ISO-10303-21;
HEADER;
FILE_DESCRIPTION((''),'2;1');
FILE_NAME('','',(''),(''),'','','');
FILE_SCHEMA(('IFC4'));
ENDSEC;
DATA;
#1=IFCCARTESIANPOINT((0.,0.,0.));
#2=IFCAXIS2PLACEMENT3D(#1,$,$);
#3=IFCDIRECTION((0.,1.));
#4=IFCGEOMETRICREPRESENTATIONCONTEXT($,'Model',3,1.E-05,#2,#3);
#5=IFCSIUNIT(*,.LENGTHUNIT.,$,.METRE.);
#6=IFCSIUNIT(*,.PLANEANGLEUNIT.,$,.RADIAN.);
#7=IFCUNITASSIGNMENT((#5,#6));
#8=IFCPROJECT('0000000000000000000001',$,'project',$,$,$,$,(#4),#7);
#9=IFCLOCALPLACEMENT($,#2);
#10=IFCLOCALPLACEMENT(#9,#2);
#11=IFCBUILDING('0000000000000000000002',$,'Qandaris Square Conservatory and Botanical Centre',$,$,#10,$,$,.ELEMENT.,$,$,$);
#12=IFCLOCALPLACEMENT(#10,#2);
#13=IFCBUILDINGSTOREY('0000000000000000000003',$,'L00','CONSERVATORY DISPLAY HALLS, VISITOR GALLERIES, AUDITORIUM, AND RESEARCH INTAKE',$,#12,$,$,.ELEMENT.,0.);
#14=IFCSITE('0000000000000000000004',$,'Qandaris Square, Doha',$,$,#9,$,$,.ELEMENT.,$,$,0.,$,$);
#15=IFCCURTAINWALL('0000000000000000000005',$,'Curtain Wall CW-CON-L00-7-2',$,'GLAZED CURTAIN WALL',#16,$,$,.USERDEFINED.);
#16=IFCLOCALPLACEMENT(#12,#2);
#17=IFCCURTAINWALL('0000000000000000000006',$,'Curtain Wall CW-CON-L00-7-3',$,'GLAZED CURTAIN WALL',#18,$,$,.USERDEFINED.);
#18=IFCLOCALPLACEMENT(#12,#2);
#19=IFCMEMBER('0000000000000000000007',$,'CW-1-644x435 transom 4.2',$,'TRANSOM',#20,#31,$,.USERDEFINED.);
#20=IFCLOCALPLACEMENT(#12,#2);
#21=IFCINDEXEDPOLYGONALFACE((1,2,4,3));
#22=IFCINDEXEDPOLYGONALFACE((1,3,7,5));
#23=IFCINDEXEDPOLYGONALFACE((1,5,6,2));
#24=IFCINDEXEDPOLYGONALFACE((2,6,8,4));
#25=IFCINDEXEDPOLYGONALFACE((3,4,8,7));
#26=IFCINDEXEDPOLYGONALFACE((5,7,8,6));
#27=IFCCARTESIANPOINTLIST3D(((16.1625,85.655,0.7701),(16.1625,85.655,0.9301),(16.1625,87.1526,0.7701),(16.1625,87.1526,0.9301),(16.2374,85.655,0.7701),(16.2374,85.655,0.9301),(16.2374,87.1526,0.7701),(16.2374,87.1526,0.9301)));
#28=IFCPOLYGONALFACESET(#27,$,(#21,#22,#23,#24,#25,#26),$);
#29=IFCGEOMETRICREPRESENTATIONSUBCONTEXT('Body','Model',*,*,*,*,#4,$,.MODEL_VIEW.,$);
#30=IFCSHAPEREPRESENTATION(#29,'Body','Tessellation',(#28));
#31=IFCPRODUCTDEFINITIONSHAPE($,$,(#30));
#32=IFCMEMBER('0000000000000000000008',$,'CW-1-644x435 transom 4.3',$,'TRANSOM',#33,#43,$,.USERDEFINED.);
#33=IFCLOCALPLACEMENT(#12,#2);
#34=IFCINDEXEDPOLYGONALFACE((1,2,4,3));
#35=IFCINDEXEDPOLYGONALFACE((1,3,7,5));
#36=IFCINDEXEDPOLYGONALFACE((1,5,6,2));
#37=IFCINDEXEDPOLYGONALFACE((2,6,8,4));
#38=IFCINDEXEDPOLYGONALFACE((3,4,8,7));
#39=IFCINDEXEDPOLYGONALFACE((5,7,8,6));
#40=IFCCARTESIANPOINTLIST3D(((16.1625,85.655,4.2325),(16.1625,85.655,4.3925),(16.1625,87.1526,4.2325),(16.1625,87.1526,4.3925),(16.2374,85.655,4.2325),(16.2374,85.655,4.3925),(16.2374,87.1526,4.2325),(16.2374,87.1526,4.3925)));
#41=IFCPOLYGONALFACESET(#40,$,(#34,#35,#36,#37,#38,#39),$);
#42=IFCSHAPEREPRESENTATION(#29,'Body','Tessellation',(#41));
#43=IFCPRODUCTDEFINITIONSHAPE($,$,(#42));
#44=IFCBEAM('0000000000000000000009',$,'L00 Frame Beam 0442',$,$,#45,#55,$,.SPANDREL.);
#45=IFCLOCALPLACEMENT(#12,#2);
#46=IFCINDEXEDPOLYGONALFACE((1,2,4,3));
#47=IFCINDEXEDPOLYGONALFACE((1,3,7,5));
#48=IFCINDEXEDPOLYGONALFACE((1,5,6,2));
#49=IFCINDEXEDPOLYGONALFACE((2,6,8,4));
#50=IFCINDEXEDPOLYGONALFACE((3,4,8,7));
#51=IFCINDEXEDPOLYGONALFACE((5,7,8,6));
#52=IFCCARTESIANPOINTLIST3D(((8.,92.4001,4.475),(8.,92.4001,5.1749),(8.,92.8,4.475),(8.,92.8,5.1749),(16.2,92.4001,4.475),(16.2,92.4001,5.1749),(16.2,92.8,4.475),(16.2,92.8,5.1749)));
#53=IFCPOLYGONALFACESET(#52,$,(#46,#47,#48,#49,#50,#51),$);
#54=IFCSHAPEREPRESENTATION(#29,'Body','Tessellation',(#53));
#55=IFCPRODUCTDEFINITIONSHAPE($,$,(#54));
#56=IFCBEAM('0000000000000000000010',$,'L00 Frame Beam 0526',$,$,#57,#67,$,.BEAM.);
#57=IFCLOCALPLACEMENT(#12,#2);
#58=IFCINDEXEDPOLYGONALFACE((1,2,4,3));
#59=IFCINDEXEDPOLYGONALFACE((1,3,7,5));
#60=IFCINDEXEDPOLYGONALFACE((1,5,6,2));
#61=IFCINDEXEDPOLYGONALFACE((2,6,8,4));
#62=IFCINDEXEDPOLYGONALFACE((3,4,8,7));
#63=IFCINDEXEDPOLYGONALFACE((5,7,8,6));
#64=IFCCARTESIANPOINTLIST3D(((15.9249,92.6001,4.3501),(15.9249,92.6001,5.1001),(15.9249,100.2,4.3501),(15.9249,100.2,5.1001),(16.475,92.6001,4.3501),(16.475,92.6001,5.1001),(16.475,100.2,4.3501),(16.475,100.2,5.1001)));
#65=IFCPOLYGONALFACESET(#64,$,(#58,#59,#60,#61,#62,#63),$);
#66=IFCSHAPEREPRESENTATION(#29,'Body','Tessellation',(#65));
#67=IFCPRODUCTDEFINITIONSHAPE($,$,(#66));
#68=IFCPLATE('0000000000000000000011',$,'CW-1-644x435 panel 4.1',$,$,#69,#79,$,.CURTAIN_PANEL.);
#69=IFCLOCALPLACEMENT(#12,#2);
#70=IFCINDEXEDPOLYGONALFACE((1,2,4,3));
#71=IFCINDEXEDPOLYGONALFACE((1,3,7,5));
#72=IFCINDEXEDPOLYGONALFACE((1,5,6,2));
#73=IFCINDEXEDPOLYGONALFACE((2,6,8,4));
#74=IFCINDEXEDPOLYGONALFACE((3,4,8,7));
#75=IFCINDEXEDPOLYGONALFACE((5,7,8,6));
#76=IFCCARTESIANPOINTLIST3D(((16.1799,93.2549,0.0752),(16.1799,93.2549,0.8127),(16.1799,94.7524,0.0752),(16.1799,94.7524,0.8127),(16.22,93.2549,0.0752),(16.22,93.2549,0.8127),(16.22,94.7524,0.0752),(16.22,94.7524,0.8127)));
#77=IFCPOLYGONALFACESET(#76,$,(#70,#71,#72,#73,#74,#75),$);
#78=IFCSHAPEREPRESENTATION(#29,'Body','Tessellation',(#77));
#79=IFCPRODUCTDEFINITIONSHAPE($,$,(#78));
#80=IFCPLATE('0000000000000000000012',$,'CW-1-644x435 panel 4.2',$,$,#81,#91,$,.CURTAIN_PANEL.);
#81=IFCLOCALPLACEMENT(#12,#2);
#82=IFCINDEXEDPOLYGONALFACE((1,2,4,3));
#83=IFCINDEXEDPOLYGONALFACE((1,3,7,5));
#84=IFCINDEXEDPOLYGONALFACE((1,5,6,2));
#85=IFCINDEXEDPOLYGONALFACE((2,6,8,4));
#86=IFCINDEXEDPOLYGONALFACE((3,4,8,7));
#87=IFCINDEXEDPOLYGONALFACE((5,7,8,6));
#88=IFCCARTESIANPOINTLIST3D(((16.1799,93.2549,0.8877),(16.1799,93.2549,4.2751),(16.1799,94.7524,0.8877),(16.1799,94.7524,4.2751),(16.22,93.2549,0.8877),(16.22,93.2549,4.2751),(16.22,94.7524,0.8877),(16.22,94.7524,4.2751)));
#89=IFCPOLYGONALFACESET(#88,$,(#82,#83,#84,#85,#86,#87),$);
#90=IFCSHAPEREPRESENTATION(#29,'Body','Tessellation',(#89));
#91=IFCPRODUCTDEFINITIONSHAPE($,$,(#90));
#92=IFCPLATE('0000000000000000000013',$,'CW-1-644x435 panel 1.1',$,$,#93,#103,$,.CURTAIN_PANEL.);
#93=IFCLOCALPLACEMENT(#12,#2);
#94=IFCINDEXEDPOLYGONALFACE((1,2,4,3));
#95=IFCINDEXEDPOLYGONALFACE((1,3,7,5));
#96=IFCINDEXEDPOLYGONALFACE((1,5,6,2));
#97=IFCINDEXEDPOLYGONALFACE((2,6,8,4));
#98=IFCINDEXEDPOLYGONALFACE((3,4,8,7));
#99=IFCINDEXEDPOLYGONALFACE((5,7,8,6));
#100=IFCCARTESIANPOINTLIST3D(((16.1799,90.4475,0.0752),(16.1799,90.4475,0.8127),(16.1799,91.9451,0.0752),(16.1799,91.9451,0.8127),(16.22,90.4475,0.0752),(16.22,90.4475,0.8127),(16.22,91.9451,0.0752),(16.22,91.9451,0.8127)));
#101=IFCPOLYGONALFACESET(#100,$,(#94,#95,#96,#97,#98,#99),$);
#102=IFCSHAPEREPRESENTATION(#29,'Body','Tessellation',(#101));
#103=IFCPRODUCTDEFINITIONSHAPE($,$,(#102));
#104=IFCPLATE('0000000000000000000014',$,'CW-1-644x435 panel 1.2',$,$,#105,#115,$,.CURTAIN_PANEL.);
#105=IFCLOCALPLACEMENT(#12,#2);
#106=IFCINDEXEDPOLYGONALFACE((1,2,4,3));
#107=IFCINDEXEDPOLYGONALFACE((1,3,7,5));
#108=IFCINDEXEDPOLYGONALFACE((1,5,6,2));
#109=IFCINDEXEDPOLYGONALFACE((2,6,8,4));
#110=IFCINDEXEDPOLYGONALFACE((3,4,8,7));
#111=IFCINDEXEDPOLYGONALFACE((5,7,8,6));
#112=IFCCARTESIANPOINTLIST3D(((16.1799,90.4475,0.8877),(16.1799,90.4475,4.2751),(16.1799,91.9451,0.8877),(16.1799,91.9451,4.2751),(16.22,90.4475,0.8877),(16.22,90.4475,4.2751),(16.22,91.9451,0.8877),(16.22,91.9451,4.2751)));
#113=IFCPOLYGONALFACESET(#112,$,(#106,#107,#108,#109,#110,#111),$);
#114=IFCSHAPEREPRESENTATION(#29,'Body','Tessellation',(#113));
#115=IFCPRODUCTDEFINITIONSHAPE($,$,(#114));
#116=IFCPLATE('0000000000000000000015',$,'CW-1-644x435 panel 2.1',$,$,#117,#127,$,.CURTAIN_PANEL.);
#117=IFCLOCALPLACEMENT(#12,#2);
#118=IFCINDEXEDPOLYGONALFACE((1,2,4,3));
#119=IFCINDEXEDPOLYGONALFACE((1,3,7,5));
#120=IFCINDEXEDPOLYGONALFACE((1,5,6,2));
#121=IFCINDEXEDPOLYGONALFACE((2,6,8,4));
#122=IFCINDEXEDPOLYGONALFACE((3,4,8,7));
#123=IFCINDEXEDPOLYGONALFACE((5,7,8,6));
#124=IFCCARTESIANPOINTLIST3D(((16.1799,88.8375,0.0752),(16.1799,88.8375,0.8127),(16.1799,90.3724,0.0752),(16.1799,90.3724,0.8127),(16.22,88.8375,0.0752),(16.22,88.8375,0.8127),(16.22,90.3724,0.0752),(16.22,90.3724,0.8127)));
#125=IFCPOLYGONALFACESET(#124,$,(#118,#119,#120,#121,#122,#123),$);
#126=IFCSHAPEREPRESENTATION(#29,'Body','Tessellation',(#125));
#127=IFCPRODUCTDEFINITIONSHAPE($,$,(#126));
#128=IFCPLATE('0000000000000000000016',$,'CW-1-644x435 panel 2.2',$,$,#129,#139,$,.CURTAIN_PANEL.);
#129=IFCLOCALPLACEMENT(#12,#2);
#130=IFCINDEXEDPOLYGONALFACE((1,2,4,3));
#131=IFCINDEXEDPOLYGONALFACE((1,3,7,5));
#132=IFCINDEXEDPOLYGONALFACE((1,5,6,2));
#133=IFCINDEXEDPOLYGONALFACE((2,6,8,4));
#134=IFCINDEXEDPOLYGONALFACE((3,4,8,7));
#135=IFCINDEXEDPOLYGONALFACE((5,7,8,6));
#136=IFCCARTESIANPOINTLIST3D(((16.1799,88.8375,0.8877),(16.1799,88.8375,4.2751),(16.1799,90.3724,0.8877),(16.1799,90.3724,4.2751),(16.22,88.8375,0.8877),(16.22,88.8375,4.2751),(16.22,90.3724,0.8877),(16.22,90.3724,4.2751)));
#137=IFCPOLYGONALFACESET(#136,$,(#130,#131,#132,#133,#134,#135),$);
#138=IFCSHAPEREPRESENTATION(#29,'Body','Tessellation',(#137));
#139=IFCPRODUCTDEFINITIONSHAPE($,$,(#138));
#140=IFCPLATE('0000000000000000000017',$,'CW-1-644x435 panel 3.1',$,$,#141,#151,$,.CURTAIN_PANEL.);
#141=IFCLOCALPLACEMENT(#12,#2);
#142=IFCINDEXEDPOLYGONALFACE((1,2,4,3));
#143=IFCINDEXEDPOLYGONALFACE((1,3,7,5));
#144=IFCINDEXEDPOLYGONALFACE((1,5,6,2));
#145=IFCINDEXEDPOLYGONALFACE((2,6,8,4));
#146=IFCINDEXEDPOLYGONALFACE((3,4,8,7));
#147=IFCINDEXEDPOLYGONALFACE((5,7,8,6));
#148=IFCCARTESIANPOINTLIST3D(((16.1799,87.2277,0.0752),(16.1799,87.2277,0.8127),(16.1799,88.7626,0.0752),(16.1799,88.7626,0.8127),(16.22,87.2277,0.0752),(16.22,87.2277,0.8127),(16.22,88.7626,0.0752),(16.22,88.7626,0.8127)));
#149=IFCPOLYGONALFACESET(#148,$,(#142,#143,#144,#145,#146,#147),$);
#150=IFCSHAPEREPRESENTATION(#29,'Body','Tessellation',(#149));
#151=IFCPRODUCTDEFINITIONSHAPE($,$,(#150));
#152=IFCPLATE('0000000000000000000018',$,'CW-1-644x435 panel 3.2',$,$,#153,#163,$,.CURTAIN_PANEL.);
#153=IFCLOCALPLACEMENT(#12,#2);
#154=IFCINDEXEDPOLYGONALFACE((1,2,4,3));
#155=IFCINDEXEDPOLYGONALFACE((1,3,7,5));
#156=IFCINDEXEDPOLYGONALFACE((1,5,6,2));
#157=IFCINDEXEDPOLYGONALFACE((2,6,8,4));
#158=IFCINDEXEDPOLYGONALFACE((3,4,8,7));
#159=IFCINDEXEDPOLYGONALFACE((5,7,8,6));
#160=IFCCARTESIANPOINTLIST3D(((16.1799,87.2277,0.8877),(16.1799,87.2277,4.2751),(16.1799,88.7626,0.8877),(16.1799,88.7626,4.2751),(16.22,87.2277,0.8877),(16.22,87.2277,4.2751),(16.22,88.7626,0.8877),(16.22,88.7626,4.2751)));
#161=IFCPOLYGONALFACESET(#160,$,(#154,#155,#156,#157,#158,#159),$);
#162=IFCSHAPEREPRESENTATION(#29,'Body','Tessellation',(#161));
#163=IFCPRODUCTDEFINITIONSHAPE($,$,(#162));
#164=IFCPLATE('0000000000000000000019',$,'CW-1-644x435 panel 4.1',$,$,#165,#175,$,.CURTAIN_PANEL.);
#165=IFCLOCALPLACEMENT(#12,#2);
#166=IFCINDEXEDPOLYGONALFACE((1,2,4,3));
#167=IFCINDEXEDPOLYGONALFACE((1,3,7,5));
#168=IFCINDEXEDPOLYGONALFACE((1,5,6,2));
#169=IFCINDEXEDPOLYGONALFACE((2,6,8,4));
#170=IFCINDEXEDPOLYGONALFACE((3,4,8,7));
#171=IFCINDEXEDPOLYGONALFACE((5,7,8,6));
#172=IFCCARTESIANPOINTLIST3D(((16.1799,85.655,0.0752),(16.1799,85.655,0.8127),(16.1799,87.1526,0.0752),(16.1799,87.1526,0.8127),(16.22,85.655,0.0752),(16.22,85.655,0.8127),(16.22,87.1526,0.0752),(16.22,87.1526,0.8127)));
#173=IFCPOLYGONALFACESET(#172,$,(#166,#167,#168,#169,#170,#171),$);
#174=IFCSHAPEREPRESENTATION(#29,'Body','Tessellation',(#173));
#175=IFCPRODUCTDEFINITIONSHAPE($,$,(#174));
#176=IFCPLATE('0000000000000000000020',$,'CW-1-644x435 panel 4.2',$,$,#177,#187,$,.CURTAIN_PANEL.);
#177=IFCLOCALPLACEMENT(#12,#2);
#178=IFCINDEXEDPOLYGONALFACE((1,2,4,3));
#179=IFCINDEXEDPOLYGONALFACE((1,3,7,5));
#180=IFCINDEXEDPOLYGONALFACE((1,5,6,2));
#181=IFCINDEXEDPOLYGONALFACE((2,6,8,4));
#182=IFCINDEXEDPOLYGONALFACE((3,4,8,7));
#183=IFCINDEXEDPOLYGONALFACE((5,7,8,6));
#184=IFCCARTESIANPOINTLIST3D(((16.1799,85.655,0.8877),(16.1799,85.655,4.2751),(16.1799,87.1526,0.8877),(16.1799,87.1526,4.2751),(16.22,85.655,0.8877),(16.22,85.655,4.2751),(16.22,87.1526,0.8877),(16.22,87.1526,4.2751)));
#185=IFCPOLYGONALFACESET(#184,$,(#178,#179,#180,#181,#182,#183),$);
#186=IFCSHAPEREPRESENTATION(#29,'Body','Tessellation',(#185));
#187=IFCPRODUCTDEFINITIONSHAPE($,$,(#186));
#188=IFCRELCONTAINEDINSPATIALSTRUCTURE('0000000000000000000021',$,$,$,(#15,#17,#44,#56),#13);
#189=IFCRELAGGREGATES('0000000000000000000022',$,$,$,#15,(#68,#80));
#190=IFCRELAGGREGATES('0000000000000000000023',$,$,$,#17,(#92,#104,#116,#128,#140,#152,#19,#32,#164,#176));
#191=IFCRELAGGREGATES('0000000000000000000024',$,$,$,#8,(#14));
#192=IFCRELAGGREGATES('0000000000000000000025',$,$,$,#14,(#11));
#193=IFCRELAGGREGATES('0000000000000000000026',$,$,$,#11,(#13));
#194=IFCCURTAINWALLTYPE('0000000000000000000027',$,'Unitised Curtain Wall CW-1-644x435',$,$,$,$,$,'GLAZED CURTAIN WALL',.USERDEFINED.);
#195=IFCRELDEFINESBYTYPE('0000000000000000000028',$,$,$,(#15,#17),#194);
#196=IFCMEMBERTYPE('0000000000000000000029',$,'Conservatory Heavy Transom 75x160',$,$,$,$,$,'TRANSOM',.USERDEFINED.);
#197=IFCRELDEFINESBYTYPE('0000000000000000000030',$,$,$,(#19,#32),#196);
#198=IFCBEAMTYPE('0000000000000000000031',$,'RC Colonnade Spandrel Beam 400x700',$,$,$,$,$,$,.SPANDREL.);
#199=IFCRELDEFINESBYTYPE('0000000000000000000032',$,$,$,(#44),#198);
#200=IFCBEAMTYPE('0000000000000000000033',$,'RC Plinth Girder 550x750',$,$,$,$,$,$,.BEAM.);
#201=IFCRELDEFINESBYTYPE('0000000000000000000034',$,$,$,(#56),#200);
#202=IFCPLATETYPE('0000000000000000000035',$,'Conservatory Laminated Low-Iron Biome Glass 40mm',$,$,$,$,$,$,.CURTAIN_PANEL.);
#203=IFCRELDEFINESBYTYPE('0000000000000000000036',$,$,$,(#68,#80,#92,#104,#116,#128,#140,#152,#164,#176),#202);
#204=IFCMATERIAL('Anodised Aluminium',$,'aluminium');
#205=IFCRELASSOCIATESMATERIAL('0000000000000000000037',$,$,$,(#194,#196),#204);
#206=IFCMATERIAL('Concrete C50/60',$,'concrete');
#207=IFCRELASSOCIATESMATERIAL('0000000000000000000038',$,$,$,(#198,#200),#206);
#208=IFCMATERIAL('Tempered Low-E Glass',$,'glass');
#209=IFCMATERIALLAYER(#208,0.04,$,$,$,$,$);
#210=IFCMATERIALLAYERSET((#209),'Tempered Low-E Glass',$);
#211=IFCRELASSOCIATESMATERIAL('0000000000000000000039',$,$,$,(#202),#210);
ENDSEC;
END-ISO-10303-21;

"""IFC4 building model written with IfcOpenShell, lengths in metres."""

from ifc_helpers import new_model, si_unit, direction, frame, origin, origin_2d, place, context, subcontext, project, spatial, rectangle, extrude, material, layer, layer_set, material_profile, profile_set, type_object, element, aggregate, save


model = new_model("IFC4")

# Units and contexts
model_context = context("Model", 3, precision=1e-05, world=origin(), true_north=direction((0.0, 1.0)))
body_context = subcontext(model_context, "Body", "Model", "MODEL_VIEW")
ifc_project = project(units=[si_unit("LENGTHUNIT", "METRE"), si_unit("PLANEANGLEUNIT", "RADIAN")], contexts=[model_context])

# Site, building, storey
site_placement = place(None, origin())
site = spatial("IfcSite", under=ifc_project, at=site_placement, Name="Qandaris Square, Doha", CompositionType="ELEMENT", RefElevation=0.0)
building_placement = place(site_placement, origin())
building = spatial("IfcBuilding", under=site, at=building_placement, Name="Qandaris Square Conservatory and Botanical Centre", CompositionType="ELEMENT")
storey_placement = place(building_placement, origin())
storey = spatial("IfcBuildingStorey", under=building, at=storey_placement, Name="L00", Description="CONSERVATORY DISPLAY HALLS, VISITOR GALLERIES, AUDITORIUM, AND RESEARCH INTAKE", CompositionType="ELEMENT", Elevation=0.0)

# Shared definitions
ifc_material_1 = material(Name="Concrete C50/60", Category="concrete")

# Curtain wall
ifc_material_2 = material(Name="Anodised Aluminium", Category="aluminium")
curtain_wall_type = type_object("IfcCurtainWallType", Name="Unitised Curtain Wall CW-1-644x435", ElementType="GLAZED CURTAIN WALL", PredefinedType="USERDEFINED", material=ifc_material_2)
curtain_wall_1_placement = place(storey_placement, origin())
curtain_wall_1 = element("IfcCurtainWall", 1, at=curtain_wall_1_placement, inside=storey, type_object=curtain_wall_type, Name="Curtain Wall CW-CON-L00-7-2", ObjectType="GLAZED CURTAIN WALL", PredefinedType="USERDEFINED")

# Curtain wall
curtain_wall_2_placement = place(storey_placement, origin())
curtain_wall_2 = element("IfcCurtainWall", 2, at=curtain_wall_2_placement, inside=storey, type_object=curtain_wall_type, Name="Curtain Wall CW-CON-L00-7-3", ObjectType="GLAZED CURTAIN WALL", PredefinedType="USERDEFINED")

# Members
ifc_material_profile_1 = material_profile(ifc_material_2, rectangle(XDim=0.075, YDim=0.1599, at=origin_2d()), Name="ALU-TRN 75x160")
ifc_profile_set_1 = profile_set([ifc_material_profile_1], Name="Anodised Aluminium")
member_type_1 = type_object("IfcMemberType", Name="Conservatory Heavy Transom 75x160", ElementType="TRANSOM", PredefinedType="USERDEFINED", material=ifc_profile_set_1)
member_1_placement = place(storey_placement, frame((16.2, 87.1526, 0.8501), z_axis=(0.0, -1.0, 0.0), x_axis=(1.0, 0.0, 0.0)))
member_1 = element("IfcMember", 3, at=member_1_placement, type_object=member_type_1, Name="CW-1-644x435 transom 4.2", ObjectType="TRANSOM", PredefinedType="USERDEFINED", context=body_context, shape_type="SweptSolid", body=[
    extrude(rectangle(XDim=0.075, YDim=0.1599, at=origin_2d()), origin(), (0.0, 0.0, 1.0), 1.4976),
])
member_2_placement = place(storey_placement, frame((16.2, 87.1526, 4.3125), z_axis=(0.0, -1.0, 0.0), x_axis=(1.0, 0.0, 0.0)))
member_2 = element("IfcMember", 4, at=member_2_placement, type_object=member_type_1, Name="CW-1-644x435 transom 4.3", ObjectType="TRANSOM", PredefinedType="USERDEFINED", context=body_context, shape_type="SweptSolid", body=[
    extrude(rectangle(XDim=0.075, YDim=0.1599, at=origin_2d()), origin(), (0.0, 0.0, 1.0), 1.4976),
])

# Beams
ifc_material_profile_2 = material_profile(ifc_material_1, rectangle(XDim=0.3999, YDim=0.7, at=origin_2d()), Name="RC-SP 400x700")
ifc_profile_set_2 = profile_set([ifc_material_profile_2], Name="Concrete C50/60")
beam_type_1 = type_object("IfcBeamType", Name="RC Colonnade Spandrel Beam 400x700", PredefinedType="SPANDREL", material=ifc_profile_set_2)
beam_1_placement = place(storey_placement, frame((8.0, 92.6001, 4.825), z_axis=(1.0, 0.0, 0.0), x_axis=(0.0, 1.0, 0.0)))
element("IfcBeam", 5, at=beam_1_placement, inside=storey, type_object=beam_type_1, Name="L00 Frame Beam 0442", PredefinedType="SPANDREL", context=body_context, shape_type="SweptSolid", body=[
    extrude(rectangle(XDim=0.3999, YDim=0.7, at=origin_2d()), origin(), (0.0, 0.0, 1.0), 8.2),
])
ifc_material_profile_3 = material_profile(ifc_material_1, rectangle(XDim=0.55, YDim=0.75, at=origin_2d()), Name="RC-BM 550x750")
ifc_profile_set_3 = profile_set([ifc_material_profile_3], Name="Concrete C50/60")
beam_type_2 = type_object("IfcBeamType", Name="RC Plinth Girder 550x750", PredefinedType="BEAM", material=ifc_profile_set_3)
beam_2_placement = place(storey_placement, frame((16.2, 92.6001, 4.7251), z_axis=(0.0, 1.0, 0.0), x_axis=(-1.0, 0.0, 0.0)))
element("IfcBeam", 6, at=beam_2_placement, inside=storey, type_object=beam_type_2, Name="L00 Frame Beam 0526", PredefinedType="BEAM", context=body_context, shape_type="SweptSolid", body=[
    extrude(rectangle(XDim=0.55, YDim=0.75, at=origin_2d()), origin(), (0.0, 0.0, 1.0), 7.5999),
])

# Plates
ifc_material_3 = material(Name="Tempered Low-E Glass", Category="glass")
ifc_layer = layer(ifc_material_3, 0.04)
ifc_layer_set = layer_set([ifc_layer], Name="Tempered Low-E Glass")
plate_type = type_object("IfcPlateType", Name="Conservatory Laminated Low-Iron Biome Glass 40mm", PredefinedType="CURTAIN_PANEL", material=ifc_layer_set)
plate_1_placement = place(storey_placement, frame((16.2, 94.0037, 0.0752), z_axis=(0.0, 0.0, 1.0), x_axis=(0.0, -1.0, 0.0)))
plate_1 = element("IfcPlate", 7, at=plate_1_placement, type_object=plate_type, Name="CW-1-644x435 panel 4.1", PredefinedType="CURTAIN_PANEL", context=body_context, shape_type="SweptSolid", body=[
    extrude(rectangle(XDim=1.4976, YDim=0.04, at=origin_2d()), origin(), (0.0, 0.0, 1.0), 0.7375),
])
plate_2_placement = place(storey_placement, frame((16.2, 94.0037, 0.8877), z_axis=(0.0, 0.0, 1.0), x_axis=(0.0, -1.0, 0.0)))
plate_2 = element("IfcPlate", 8, at=plate_2_placement, type_object=plate_type, Name="CW-1-644x435 panel 4.2", PredefinedType="CURTAIN_PANEL", context=body_context, shape_type="SweptSolid", body=[
    extrude(rectangle(XDim=1.4976, YDim=0.04, at=origin_2d()), origin(), (0.0, 0.0, 1.0), 3.3875),
])
aggregate(curtain_wall_1, [plate_1, plate_2])
plate_3_placement = place(storey_placement, frame((16.2, 91.1963, 0.0752), z_axis=(0.0, 0.0, 1.0), x_axis=(0.0, -1.0, 0.0)))
plate_3 = element("IfcPlate", 9, at=plate_3_placement, type_object=plate_type, Name="CW-1-644x435 panel 1.1", PredefinedType="CURTAIN_PANEL", context=body_context, shape_type="SweptSolid", body=[
    extrude(rectangle(XDim=1.4976, YDim=0.04, at=origin_2d()), origin(), (0.0, 0.0, 1.0), 0.7375),
])
plate_4_placement = place(storey_placement, frame((16.2, 91.1963, 0.8877), z_axis=(0.0, 0.0, 1.0), x_axis=(0.0, -1.0, 0.0)))
plate_4 = element("IfcPlate", 10, at=plate_4_placement, type_object=plate_type, Name="CW-1-644x435 panel 1.2", PredefinedType="CURTAIN_PANEL", context=body_context, shape_type="SweptSolid", body=[
    extrude(rectangle(XDim=1.4976, YDim=0.04, at=origin_2d()), origin(), (0.0, 0.0, 1.0), 3.3875),
])
plate_5_placement = place(storey_placement, frame((16.2, 89.605, 0.0752), z_axis=(0.0, 0.0, 1.0), x_axis=(0.0, -1.0, 0.0)))
plate_5 = element("IfcPlate", 11, at=plate_5_placement, type_object=plate_type, Name="CW-1-644x435 panel 2.1", PredefinedType="CURTAIN_PANEL", context=body_context, shape_type="SweptSolid", body=[
    extrude(rectangle(XDim=1.5349, YDim=0.04, at=origin_2d()), origin(), (0.0, 0.0, 1.0), 0.7375),
])
plate_6_placement = place(storey_placement, frame((16.2, 89.605, 0.8877), z_axis=(0.0, 0.0, 1.0), x_axis=(0.0, -1.0, 0.0)))
plate_6 = element("IfcPlate", 12, at=plate_6_placement, type_object=plate_type, Name="CW-1-644x435 panel 2.2", PredefinedType="CURTAIN_PANEL", context=body_context, shape_type="SweptSolid", body=[
    extrude(rectangle(XDim=1.5349, YDim=0.04, at=origin_2d()), origin(), (0.0, 0.0, 1.0), 3.3875),
])
plate_7_placement = place(storey_placement, frame((16.2, 87.9951, 0.0752), z_axis=(0.0, 0.0, 1.0), x_axis=(0.0, -1.0, 0.0)))
plate_7 = element("IfcPlate", 13, at=plate_7_placement, type_object=plate_type, Name="CW-1-644x435 panel 3.1", PredefinedType="CURTAIN_PANEL", context=body_context, shape_type="SweptSolid", body=[
    extrude(rectangle(XDim=1.5349, YDim=0.04, at=origin_2d()), origin(), (0.0, 0.0, 1.0), 0.7375),
])
plate_8_placement = place(storey_placement, frame((16.2, 87.9951, 0.8877), z_axis=(0.0, 0.0, 1.0), x_axis=(0.0, -1.0, 0.0)))
plate_8 = element("IfcPlate", 14, at=plate_8_placement, type_object=plate_type, Name="CW-1-644x435 panel 3.2", PredefinedType="CURTAIN_PANEL", context=body_context, shape_type="SweptSolid", body=[
    extrude(rectangle(XDim=1.5349, YDim=0.04, at=origin_2d()), origin(), (0.0, 0.0, 1.0), 3.3875),
])
plate_9_placement = place(storey_placement, frame((16.2, 86.4038, 0.0752), z_axis=(0.0, 0.0, 1.0), x_axis=(0.0, -1.0, 0.0)))
plate_9 = element("IfcPlate", 15, at=plate_9_placement, type_object=plate_type, Name="CW-1-644x435 panel 4.1", PredefinedType="CURTAIN_PANEL", context=body_context, shape_type="SweptSolid", body=[
    extrude(rectangle(XDim=1.4976, YDim=0.04, at=origin_2d()), origin(), (0.0, 0.0, 1.0), 0.7375),
])
plate_10_placement = place(storey_placement, frame((16.2, 86.4038, 0.8877), z_axis=(0.0, 0.0, 1.0), x_axis=(0.0, -1.0, 0.0)))
plate_10 = element("IfcPlate", 16, at=plate_10_placement, type_object=plate_type, Name="CW-1-644x435 panel 4.2", PredefinedType="CURTAIN_PANEL", context=body_context, shape_type="SweptSolid", body=[
    extrude(rectangle(XDim=1.4976, YDim=0.04, at=origin_2d()), origin(), (0.0, 0.0, 1.0), 3.3875),
])
aggregate(curtain_wall_2, [plate_3, plate_4, plate_5, plate_6, plate_7, plate_8, member_1, member_2, plate_9, plate_10])

save(model, "model.ifc")
